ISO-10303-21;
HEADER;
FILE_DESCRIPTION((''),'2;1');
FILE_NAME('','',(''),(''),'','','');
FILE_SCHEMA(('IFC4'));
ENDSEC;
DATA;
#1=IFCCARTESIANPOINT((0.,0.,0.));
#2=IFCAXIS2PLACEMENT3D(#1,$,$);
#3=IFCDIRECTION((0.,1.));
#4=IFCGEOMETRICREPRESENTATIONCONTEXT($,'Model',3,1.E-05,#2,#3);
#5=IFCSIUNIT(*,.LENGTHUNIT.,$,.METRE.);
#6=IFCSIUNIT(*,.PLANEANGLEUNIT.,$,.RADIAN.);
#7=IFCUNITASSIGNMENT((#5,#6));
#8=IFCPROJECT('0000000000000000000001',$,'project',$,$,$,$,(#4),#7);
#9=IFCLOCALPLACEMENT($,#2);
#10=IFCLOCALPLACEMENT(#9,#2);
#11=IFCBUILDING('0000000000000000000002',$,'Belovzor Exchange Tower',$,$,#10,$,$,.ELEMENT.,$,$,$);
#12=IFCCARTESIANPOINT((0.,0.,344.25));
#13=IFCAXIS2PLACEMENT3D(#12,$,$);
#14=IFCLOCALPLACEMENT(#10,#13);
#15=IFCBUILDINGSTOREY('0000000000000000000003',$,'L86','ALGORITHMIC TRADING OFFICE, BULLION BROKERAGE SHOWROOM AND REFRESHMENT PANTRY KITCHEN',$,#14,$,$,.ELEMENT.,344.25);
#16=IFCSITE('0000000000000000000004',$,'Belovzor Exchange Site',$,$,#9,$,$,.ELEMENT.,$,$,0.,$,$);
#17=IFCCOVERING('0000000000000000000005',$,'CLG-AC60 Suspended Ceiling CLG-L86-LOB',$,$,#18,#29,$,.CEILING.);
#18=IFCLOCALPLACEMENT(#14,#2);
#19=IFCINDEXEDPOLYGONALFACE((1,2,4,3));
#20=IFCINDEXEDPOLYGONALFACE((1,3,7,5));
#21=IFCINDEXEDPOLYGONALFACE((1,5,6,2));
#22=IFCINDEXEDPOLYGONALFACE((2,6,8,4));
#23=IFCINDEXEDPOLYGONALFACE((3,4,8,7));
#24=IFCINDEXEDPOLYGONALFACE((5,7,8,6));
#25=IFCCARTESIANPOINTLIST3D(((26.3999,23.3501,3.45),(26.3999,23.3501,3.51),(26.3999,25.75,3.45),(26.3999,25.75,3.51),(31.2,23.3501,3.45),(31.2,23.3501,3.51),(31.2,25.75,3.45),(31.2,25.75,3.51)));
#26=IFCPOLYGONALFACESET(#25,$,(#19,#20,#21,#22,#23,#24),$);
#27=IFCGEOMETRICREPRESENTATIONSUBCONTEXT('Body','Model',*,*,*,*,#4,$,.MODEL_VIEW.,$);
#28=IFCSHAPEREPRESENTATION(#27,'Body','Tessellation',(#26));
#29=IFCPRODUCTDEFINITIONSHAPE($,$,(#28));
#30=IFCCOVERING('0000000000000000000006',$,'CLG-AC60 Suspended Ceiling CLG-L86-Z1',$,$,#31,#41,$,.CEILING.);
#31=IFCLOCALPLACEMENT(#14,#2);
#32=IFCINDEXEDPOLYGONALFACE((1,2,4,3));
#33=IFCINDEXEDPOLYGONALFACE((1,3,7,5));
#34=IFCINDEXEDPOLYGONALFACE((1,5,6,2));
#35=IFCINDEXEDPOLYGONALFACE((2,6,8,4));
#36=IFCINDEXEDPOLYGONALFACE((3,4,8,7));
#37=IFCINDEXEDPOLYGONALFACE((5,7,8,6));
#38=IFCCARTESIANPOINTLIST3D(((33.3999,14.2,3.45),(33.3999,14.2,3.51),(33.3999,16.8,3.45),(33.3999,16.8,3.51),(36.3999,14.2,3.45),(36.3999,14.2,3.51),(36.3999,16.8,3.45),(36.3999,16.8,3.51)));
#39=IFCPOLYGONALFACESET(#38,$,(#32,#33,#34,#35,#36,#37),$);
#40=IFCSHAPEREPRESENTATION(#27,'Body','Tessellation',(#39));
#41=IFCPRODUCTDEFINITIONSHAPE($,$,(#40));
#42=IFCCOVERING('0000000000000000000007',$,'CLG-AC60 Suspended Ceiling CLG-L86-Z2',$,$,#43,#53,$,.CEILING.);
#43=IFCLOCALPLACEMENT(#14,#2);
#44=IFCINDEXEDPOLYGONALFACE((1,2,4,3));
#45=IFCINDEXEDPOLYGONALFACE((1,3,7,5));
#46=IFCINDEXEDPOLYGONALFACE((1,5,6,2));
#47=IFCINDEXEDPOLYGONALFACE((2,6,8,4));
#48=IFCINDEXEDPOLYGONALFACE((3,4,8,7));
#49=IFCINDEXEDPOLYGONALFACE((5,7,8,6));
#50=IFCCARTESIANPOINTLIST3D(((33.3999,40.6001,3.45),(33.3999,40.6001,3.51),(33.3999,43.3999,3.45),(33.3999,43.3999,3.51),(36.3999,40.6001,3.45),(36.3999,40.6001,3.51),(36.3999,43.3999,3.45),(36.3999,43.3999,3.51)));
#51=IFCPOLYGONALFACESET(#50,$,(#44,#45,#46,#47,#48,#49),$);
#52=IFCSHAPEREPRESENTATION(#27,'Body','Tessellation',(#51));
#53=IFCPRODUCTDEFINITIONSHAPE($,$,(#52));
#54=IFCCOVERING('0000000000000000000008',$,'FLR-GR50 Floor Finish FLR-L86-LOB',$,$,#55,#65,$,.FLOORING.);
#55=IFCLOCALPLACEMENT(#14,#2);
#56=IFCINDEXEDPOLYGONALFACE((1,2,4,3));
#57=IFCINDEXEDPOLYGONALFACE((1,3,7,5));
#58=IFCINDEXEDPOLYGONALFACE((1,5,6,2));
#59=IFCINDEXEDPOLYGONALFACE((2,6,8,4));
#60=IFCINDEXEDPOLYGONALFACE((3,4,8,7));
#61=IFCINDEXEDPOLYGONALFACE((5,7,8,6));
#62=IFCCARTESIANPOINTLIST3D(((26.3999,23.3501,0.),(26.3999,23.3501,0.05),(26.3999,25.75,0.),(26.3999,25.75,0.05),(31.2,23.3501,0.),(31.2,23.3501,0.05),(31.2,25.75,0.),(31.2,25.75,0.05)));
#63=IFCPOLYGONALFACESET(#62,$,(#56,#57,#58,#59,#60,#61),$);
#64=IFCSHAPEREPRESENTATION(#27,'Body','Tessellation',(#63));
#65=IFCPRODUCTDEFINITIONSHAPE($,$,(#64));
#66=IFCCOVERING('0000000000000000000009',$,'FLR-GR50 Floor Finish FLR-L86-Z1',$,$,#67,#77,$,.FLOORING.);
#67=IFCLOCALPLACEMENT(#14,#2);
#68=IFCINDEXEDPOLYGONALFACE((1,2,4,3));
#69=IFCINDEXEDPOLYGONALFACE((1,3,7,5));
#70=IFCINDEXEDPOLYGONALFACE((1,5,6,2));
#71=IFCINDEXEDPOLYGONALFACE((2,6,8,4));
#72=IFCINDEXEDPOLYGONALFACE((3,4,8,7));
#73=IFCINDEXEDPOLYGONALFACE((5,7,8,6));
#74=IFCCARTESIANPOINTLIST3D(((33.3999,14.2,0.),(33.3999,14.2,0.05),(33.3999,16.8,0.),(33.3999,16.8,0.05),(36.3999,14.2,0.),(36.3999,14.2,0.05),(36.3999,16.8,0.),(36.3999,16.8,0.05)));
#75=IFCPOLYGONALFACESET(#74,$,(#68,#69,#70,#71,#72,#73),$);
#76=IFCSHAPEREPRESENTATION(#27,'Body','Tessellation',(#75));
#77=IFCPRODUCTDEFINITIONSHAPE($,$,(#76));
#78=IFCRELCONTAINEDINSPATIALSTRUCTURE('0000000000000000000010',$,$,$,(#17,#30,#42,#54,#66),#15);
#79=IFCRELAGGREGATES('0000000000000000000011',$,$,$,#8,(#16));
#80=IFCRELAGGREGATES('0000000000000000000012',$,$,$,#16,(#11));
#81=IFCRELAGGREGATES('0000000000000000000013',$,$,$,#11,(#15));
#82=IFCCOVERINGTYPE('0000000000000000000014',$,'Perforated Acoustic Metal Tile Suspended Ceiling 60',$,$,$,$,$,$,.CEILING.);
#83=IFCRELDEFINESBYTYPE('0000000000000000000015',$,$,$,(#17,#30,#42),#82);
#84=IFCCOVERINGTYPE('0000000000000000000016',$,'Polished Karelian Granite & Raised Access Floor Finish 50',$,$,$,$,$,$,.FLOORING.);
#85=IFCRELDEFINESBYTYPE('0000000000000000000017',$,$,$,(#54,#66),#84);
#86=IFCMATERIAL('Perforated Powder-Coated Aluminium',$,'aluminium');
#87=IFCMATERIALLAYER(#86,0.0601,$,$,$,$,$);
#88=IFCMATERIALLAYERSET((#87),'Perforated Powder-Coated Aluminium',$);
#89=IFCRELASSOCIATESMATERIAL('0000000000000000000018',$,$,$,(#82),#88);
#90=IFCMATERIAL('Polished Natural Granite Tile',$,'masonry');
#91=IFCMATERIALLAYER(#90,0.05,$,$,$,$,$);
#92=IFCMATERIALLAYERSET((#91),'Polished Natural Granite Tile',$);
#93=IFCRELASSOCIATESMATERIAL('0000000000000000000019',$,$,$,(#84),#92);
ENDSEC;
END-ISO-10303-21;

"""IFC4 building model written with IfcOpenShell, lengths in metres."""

from ifc_helpers import new_model, si_unit, direction, frame, origin, place, context, subcontext, project, spatial, polyline, outline, extrude, material, layer, layer_set, type_object, element, save


model = new_model("IFC4")

# Units and contexts
model_context = context("Model", 3, precision=1e-05, world=origin(), true_north=direction((0.0, 1.0)))
body_context = subcontext(model_context, "Body", "Model", "MODEL_VIEW")
ifc_project = project(units=[si_unit("LENGTHUNIT", "METRE"), si_unit("PLANEANGLEUNIT", "RADIAN")], contexts=[model_context])

# Site, building, storey
site_placement = place(None, origin())
site = spatial("IfcSite", under=ifc_project, at=site_placement, Name="Belovzor Exchange Site", CompositionType="ELEMENT", RefElevation=0.0)
building_placement = place(site_placement, origin())
building = spatial("IfcBuilding", under=site, at=building_placement, Name="Belovzor Exchange Tower", CompositionType="ELEMENT")
storey_placement = place(building_placement, frame((0.0, 0.0, 344.25)))
storey = spatial("IfcBuildingStorey", under=building, at=storey_placement, Name="L86", Description="ALGORITHMIC TRADING OFFICE, BULLION BROKERAGE SHOWROOM AND REFRESHMENT PANTRY KITCHEN", CompositionType="ELEMENT", Elevation=344.25)

# Coverings
ifc_material_1 = material(Name="Perforated Powder-Coated Aluminium", Category="aluminium")
ifc_layer_1 = layer(ifc_material_1, 0.0601)
ifc_layer_set_1 = layer_set([ifc_layer_1], Name="Perforated Powder-Coated Aluminium")
covering_type_1 = type_object("IfcCoveringType", Name="Perforated Acoustic Metal Tile Suspended Ceiling 60", PredefinedType="CEILING", material=ifc_layer_set_1)
covering_1_placement = place(storey_placement, frame((0.0, 0.0, 3.45)))
element("IfcCovering", 1, at=covering_1_placement, inside=storey, type_object=covering_type_1, Name="CLG-AC60 Suspended Ceiling CLG-L86-LOB", PredefinedType="CEILING", context=body_context, shape_type="SweptSolid", body=[
    extrude(outline(polyline([(26.3999, 23.3501), (31.2, 23.3501), (31.2, 25.75), (26.3999, 25.75), (26.3999, 23.3501)])), origin(), (0.0, 0.0, 1.0), 0.0601),
])
covering_2_placement = place(storey_placement, frame((0.0, 0.0, 3.45)))
element("IfcCovering", 2, at=covering_2_placement, inside=storey, type_object=covering_type_1, Name="CLG-AC60 Suspended Ceiling CLG-L86-Z1", PredefinedType="CEILING", context=body_context, shape_type="SweptSolid", body=[
    extrude(outline(polyline([(33.3999, 14.2), (36.3999, 14.2), (36.3999, 16.8), (33.3999, 16.8), (33.3999, 14.2)])), origin(), (0.0, 0.0, 1.0), 0.0601),
])
covering_3_placement = place(storey_placement, frame((0.0, 0.0, 3.45)))
element("IfcCovering", 3, at=covering_3_placement, inside=storey, type_object=covering_type_1, Name="CLG-AC60 Suspended Ceiling CLG-L86-Z2", PredefinedType="CEILING", context=body_context, shape_type="SweptSolid", body=[
    extrude(outline(polyline([(33.3999, 40.6001), (36.3999, 40.6001), (36.3999, 43.3999), (33.3999, 43.3999), (33.3999, 40.6001)])), origin(), (0.0, 0.0, 1.0), 0.0601),
])
ifc_material_2 = material(Name="Polished Natural Granite Tile", Category="masonry")
ifc_layer_2 = layer(ifc_material_2, 0.05)
ifc_layer_set_2 = layer_set([ifc_layer_2], Name="Polished Natural Granite Tile")
covering_type_2 = type_object("IfcCoveringType", Name="Polished Karelian Granite & Raised Access Floor Finish 50", PredefinedType="FLOORING", material=ifc_layer_set_2)
covering_4_placement = place(storey_placement, origin())
element("IfcCovering", 4, at=covering_4_placement, inside=storey, type_object=covering_type_2, Name="FLR-GR50 Floor Finish FLR-L86-LOB", PredefinedType="FLOORING", context=body_context, shape_type="SweptSolid", body=[
    extrude(outline(polyline([(26.3999, 23.3501), (31.2, 23.3501), (31.2, 25.75), (26.3999, 25.75), (26.3999, 23.3501)])), origin(), (0.0, 0.0, 1.0), 0.05),
])
covering_5_placement = place(storey_placement, origin())
element("IfcCovering", 5, at=covering_5_placement, inside=storey, type_object=covering_type_2, Name="FLR-GR50 Floor Finish FLR-L86-Z1", PredefinedType="FLOORING", context=body_context, shape_type="SweptSolid", body=[
    extrude(outline(polyline([(33.3999, 14.2), (36.3999, 14.2), (36.3999, 16.8), (33.3999, 16.8), (33.3999, 14.2)])), origin(), (0.0, 0.0, 1.0), 0.05),
])

save(model, "model.ifc")
